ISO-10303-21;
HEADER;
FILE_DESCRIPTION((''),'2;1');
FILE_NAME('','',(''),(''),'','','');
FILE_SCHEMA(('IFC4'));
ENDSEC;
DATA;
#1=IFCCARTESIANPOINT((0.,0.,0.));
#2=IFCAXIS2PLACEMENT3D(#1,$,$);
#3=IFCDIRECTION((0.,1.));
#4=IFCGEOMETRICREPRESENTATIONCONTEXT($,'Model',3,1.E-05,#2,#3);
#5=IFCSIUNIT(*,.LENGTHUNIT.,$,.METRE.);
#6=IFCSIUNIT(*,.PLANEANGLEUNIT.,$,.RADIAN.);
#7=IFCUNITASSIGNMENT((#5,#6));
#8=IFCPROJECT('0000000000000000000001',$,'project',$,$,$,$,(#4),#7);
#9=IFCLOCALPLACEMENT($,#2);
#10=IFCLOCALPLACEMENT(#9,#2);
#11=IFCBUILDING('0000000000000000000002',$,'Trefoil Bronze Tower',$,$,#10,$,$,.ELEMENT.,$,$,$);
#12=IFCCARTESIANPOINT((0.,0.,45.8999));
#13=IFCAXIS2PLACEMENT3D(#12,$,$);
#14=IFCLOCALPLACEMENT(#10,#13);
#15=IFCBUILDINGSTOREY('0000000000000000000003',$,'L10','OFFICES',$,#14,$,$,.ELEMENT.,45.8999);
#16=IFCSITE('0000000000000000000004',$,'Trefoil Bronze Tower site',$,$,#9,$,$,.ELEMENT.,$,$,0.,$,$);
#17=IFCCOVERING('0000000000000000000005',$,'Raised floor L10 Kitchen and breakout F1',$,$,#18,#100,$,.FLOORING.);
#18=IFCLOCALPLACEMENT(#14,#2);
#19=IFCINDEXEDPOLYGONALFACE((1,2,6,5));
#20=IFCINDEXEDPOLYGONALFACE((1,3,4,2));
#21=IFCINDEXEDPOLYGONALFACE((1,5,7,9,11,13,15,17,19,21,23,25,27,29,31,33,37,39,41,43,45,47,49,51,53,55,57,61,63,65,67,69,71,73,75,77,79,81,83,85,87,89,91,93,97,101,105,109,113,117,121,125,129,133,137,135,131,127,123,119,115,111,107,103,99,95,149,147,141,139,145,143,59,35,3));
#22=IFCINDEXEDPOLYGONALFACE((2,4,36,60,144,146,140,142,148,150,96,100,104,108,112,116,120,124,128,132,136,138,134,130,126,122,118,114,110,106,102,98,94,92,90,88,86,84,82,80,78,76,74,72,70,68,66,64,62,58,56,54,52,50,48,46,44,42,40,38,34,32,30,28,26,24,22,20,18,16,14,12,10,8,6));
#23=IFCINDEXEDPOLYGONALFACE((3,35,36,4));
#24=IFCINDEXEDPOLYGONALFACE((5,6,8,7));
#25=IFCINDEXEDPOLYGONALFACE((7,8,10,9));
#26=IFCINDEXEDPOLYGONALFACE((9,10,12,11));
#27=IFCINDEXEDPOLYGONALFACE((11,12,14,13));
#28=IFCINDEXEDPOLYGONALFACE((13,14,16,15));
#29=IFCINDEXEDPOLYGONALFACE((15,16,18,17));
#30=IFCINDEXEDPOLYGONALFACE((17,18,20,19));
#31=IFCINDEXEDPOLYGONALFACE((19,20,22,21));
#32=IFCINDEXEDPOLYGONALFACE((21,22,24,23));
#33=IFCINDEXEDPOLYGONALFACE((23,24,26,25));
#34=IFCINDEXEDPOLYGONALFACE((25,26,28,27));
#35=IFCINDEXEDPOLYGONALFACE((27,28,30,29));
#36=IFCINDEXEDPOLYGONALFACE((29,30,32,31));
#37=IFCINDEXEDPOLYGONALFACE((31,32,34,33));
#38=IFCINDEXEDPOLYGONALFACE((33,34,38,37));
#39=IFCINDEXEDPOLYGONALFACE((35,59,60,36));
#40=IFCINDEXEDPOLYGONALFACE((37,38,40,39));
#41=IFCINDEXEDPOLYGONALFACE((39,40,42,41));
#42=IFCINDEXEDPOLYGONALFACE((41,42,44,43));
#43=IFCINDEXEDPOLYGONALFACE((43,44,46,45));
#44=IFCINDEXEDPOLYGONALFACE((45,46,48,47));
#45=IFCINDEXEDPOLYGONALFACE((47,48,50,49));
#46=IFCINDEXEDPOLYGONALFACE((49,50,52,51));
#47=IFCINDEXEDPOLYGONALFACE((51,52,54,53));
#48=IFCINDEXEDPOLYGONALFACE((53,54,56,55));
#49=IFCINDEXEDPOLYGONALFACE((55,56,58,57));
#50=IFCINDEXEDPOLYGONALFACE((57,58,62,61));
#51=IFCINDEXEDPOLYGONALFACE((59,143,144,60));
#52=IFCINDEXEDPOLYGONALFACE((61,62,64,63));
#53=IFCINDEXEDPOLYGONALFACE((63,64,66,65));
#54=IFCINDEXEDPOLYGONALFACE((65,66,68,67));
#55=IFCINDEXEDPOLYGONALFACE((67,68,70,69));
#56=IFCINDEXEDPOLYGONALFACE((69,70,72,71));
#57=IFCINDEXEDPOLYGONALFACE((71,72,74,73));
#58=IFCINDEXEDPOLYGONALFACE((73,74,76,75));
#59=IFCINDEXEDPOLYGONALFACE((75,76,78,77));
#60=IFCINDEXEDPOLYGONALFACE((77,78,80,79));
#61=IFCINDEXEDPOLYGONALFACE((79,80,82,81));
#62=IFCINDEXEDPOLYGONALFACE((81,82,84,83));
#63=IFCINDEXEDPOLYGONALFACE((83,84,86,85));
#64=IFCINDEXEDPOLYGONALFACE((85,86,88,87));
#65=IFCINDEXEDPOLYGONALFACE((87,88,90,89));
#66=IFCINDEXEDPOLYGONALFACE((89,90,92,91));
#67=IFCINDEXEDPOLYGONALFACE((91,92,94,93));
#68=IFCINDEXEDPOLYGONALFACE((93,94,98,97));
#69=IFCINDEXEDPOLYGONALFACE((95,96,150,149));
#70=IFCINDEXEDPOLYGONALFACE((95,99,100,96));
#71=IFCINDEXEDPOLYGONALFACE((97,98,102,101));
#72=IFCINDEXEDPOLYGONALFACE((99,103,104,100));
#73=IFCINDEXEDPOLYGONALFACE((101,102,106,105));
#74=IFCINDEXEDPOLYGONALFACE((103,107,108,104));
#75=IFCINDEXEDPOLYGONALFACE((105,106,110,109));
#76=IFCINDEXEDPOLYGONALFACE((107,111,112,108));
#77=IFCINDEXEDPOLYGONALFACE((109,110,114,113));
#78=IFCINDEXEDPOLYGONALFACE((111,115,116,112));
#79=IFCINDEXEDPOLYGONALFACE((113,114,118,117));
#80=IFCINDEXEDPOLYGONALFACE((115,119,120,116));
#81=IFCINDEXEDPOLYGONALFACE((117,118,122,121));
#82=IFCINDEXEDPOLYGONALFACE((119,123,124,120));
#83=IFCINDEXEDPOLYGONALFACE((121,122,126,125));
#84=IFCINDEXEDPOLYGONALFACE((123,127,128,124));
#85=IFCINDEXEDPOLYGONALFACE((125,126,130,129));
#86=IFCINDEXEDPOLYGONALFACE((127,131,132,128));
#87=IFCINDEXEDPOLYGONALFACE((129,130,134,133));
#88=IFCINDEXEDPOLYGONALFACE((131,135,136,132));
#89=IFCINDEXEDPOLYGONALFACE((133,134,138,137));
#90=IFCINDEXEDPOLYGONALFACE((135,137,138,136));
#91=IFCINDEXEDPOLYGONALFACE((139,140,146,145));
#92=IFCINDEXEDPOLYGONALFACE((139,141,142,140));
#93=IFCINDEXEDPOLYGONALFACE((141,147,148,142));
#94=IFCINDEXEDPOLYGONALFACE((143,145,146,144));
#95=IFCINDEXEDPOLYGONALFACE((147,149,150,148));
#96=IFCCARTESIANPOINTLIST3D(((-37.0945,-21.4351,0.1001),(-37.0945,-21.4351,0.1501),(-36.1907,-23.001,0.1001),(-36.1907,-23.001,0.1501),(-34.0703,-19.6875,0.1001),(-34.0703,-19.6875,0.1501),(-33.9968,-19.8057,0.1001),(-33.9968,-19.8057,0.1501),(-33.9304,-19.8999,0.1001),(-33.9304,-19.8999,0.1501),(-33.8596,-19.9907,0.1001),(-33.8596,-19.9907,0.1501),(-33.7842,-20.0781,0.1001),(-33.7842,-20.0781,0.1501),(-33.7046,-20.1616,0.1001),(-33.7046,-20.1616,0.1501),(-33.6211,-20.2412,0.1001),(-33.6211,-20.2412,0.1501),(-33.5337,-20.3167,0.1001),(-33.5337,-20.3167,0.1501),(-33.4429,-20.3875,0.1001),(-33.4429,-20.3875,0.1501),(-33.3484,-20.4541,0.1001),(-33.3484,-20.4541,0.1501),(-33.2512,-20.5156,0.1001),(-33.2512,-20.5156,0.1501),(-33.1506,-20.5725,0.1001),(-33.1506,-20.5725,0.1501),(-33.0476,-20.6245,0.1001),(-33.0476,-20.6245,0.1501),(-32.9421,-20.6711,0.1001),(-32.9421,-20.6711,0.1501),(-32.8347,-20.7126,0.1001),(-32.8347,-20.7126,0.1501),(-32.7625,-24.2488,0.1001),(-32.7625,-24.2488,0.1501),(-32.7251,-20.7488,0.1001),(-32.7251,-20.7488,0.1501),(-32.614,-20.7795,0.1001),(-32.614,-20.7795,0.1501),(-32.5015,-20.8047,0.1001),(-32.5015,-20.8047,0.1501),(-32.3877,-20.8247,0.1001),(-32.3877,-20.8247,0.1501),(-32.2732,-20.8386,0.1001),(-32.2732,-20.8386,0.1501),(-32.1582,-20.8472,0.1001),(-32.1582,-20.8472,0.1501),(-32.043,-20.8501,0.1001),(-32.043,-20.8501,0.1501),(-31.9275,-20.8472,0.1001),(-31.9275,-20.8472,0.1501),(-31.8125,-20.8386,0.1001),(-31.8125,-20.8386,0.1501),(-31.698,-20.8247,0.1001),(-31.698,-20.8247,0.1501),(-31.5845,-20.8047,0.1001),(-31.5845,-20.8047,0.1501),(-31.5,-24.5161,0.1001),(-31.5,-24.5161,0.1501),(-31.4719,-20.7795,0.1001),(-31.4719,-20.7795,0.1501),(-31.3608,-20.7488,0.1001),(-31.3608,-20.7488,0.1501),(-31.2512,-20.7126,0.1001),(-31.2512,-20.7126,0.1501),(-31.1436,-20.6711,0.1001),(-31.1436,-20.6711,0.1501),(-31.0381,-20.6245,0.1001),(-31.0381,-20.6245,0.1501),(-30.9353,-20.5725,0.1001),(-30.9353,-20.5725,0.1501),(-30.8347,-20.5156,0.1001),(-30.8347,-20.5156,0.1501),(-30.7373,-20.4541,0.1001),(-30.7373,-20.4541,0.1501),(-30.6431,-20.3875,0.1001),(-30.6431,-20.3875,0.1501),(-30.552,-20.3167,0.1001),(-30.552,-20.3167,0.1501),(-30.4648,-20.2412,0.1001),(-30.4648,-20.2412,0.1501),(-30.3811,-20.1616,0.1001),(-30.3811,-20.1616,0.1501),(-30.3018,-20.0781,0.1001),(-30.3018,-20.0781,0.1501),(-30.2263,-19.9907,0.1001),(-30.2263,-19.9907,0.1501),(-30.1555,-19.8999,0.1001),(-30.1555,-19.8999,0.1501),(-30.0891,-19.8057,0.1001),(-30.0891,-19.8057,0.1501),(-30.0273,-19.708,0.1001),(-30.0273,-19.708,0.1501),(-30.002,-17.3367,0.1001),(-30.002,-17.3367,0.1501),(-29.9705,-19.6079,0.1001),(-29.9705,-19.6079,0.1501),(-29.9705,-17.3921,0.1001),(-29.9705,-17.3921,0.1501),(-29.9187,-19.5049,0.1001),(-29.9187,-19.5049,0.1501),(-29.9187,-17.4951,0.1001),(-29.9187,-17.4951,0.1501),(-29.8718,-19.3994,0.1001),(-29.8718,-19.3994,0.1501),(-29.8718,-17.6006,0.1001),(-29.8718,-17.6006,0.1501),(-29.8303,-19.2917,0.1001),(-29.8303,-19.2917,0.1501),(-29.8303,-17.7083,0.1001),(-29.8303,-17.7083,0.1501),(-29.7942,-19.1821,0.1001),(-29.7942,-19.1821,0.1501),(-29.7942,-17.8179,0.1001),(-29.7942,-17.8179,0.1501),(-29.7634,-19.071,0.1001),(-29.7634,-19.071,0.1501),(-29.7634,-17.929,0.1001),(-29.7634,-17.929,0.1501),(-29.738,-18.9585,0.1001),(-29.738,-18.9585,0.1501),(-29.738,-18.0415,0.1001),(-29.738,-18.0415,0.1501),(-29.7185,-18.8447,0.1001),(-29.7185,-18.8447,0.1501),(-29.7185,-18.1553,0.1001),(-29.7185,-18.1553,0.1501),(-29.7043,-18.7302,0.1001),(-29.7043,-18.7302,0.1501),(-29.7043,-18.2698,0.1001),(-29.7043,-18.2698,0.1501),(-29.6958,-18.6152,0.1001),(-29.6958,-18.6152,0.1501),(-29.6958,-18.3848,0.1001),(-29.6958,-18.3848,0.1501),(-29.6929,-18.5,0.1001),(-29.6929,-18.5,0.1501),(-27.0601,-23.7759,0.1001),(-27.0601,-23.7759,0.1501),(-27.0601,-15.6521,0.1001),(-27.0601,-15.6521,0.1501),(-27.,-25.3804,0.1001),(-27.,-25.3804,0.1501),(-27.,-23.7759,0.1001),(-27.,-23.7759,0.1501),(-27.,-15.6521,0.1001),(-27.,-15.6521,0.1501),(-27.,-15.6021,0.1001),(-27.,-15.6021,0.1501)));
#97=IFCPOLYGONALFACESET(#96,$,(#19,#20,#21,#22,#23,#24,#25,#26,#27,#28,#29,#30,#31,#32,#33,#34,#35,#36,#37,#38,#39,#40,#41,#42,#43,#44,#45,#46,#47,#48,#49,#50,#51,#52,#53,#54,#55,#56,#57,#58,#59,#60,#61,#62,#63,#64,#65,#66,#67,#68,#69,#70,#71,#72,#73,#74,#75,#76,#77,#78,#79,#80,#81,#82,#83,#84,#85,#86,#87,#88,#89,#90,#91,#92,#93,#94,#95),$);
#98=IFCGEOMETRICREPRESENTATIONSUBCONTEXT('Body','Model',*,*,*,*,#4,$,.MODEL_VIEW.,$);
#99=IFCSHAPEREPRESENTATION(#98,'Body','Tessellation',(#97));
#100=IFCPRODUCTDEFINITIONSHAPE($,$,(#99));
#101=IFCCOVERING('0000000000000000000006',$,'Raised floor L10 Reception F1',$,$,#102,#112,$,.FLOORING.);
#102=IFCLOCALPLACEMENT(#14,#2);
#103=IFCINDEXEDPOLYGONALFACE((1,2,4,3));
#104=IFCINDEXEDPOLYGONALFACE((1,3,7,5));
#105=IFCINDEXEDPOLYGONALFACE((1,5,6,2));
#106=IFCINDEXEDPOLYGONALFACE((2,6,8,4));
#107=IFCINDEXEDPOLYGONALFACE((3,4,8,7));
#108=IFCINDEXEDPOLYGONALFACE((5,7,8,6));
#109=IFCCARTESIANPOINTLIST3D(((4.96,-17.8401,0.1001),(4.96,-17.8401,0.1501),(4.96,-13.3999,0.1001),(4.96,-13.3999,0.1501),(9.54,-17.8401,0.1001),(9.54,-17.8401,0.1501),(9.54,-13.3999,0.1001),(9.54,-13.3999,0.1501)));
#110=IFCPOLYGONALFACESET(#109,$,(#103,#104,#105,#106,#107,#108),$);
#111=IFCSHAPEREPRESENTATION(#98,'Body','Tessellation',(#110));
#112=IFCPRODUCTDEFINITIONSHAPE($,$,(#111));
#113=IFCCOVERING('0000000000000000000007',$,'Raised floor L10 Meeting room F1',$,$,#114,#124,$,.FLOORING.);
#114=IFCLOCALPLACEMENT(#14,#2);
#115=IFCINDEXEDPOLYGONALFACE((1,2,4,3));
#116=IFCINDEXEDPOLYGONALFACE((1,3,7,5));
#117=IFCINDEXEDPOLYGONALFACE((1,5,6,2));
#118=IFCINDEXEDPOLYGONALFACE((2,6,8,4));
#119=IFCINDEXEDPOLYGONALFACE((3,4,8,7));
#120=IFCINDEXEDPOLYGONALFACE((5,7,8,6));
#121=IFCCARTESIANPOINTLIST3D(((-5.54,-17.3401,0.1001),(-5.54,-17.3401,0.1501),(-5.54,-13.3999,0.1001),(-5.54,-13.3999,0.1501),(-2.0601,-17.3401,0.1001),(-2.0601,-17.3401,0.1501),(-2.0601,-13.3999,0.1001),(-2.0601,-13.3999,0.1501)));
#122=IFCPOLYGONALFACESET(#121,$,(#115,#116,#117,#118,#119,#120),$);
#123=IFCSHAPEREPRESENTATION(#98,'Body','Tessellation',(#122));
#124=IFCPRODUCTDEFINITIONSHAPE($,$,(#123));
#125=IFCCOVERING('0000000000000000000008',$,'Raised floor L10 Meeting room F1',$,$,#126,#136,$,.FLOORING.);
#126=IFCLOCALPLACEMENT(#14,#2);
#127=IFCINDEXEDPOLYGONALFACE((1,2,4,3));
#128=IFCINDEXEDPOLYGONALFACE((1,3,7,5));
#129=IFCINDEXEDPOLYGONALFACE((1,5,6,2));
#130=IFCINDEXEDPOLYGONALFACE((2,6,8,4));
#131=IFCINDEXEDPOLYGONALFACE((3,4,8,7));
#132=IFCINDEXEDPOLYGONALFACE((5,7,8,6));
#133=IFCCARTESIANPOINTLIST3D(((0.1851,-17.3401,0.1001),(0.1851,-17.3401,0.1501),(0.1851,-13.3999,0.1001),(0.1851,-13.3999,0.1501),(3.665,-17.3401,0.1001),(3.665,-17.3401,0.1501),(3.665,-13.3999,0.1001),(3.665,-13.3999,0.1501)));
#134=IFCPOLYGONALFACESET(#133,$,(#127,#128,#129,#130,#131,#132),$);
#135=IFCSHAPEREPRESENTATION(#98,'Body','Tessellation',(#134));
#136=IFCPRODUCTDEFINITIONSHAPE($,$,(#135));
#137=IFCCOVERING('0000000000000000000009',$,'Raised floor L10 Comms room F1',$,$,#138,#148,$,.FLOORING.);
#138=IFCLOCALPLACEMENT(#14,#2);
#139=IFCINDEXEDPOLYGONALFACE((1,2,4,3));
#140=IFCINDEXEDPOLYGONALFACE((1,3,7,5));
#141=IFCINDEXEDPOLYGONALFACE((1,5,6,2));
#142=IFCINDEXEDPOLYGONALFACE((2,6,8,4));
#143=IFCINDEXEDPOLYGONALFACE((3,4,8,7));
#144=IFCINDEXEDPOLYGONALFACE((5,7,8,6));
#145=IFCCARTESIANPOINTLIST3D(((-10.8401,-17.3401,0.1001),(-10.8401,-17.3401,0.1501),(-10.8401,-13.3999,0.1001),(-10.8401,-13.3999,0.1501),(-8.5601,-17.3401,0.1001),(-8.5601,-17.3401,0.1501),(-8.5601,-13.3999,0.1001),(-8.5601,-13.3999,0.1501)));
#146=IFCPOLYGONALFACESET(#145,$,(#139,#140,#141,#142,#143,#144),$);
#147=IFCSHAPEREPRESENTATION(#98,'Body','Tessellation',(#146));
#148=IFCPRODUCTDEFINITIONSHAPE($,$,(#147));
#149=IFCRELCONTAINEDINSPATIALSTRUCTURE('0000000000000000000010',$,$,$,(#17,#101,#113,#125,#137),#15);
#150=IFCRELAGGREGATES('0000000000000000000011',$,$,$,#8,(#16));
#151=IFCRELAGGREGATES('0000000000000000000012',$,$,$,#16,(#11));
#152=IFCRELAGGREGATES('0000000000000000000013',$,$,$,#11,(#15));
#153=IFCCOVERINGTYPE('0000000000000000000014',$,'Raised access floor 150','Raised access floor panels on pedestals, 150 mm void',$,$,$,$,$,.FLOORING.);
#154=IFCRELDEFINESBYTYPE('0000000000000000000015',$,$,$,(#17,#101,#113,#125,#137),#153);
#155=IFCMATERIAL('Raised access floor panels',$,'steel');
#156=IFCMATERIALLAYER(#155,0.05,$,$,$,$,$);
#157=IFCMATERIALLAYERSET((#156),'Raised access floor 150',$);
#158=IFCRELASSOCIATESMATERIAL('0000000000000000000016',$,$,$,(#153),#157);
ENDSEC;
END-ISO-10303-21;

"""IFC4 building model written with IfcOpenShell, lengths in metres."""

from ifc_helpers import new_model, si_unit, direction, frame, origin, place, context, subcontext, project, spatial, polyline, outline, extrude, material, layer, layer_set, type_object, element, save


model = new_model("IFC4")

# Units and contexts
model_context = context("Model", 3, precision=1e-05, world=origin(), true_north=direction((0.0, 1.0)))
body_context = subcontext(model_context, "Body", "Model", "MODEL_VIEW")
ifc_project = project(units=[si_unit("LENGTHUNIT", "METRE"), si_unit("PLANEANGLEUNIT", "RADIAN")], contexts=[model_context])

# Site, building, storey
site_placement = place(None, origin())
site = spatial("IfcSite", under=ifc_project, at=site_placement, Name="Trefoil Bronze Tower site", CompositionType="ELEMENT", RefElevation=0.0)
building_placement = place(site_placement, origin())
building = spatial("IfcBuilding", under=site, at=building_placement, Name="Trefoil Bronze Tower", CompositionType="ELEMENT")
storey_placement = place(building_placement, frame((0.0, 0.0, 45.8999)))
storey = spatial("IfcBuildingStorey", under=building, at=storey_placement, Name="L10", Description="OFFICES", CompositionType="ELEMENT", Elevation=45.8999)

# Coverings
ifc_material_1 = material(Name="Raised access floor panels", Category="steel")
ifc_layer_1 = layer(ifc_material_1, 0.05)
ifc_layer_set_1 = layer_set([ifc_layer_1], Name="Raised access floor 150")
covering_type_1 = type_object("IfcCoveringType", Name="Raised access floor 150", Description="Raised access floor panels on pedestals, 150 mm void", PredefinedType="FLOORING", material=ifc_layer_set_1)
covering_1_placement = place(storey_placement, frame((0.0, 0.0, 0.1001)))
element("IfcCovering", 1, at=covering_1_placement, inside=storey, type_object=covering_type_1, Name="Raised floor L10 Kitchen and breakout F1", PredefinedType="FLOORING", context=body_context, shape_type="SweptSolid", body=[
    extrude(outline(polyline([(-30.002, -17.3367), (-27.0, -15.6021), (-27.0, -15.6521), (-27.0601, -15.6521), (-27.0601, -23.7759), (-27.0, -23.7759), (-27.0, -25.3804), (-31.5, -24.5161), (-32.7625, -24.2488), (-36.1907, -23.001), (-37.0945, -21.4351), (-34.0703, -19.6875), (-33.9968, -19.8057), (-33.9304, -19.8999), (-33.8596, -19.9907), (-33.7842, -20.0781), (-33.7046, -20.1616), (-33.6211, -20.2412), (-33.5337, -20.3167), (-33.4429, -20.3875), (-33.3484, -20.4541), (-33.2512, -20.5156), (-33.1506, -20.5725), (-33.0476, -20.6245), (-32.9421, -20.6711), (-32.8347, -20.7126), (-32.7251, -20.7488), (-32.614, -20.7795), (-32.5015, -20.8047), (-32.3877, -20.8247), (-32.2732, -20.8386), (-32.1582, -20.8472), (-32.043, -20.8501), (-31.9275, -20.8472), (-31.8125, -20.8386), (-31.698, -20.8247), (-31.5845, -20.8047), (-31.4719, -20.7795), (-31.3608, -20.7488), (-31.2512, -20.7126), (-31.1436, -20.6711), (-31.0381, -20.6245), (-30.9353, -20.5725), (-30.8347, -20.5156), (-30.7373, -20.4541), (-30.6431, -20.3875), (-30.552, -20.3167), (-30.4648, -20.2412), (-30.3811, -20.1616), (-30.3018, -20.0781), (-30.2263, -19.9907), (-30.1555, -19.8999), (-30.0891, -19.8057), (-30.0273, -19.708), (-29.9705, -19.6079), (-29.9187, -19.5049), (-29.8718, -19.3994), (-29.8303, -19.2917), (-29.7942, -19.1821), (-29.7634, -19.071), (-29.738, -18.9585), (-29.7185, -18.8447), (-29.7043, -18.7302), (-29.6958, -18.6152), (-29.6929, -18.5), (-29.6958, -18.3848), (-29.7043, -18.2698), (-29.7185, -18.1553), (-29.738, -18.0415), (-29.7634, -17.929), (-29.7942, -17.8179), (-29.8303, -17.7083), (-29.8718, -17.6006), (-29.9187, -17.4951), (-29.9705, -17.3921), (-30.002, -17.3367)])), origin(), (0.0, 0.0, 1.0), 0.05),
])
covering_2_placement = place(storey_placement, frame((0.0, 0.0, 0.1001)))
element("IfcCovering", 2, at=covering_2_placement, inside=storey, type_object=covering_type_1, Name="Raised floor L10 Reception F1", PredefinedType="FLOORING", context=body_context, shape_type="SweptSolid", body=[
    extrude(outline(polyline([(9.54, -13.3999), (9.54, -17.8401), (4.96, -17.8401), (4.96, -13.3999), (9.54, -13.3999)])), origin(), (0.0, 0.0, 1.0), 0.05),
])
covering_3_placement = place(storey_placement, frame((0.0, 0.0, 0.1001)))
element("IfcCovering", 3, at=covering_3_placement, inside=storey, type_object=covering_type_1, Name="Raised floor L10 Meeting room F1", PredefinedType="FLOORING", context=body_context, shape_type="SweptSolid", body=[
    extrude(outline(polyline([(-2.0601, -13.3999), (-2.0601, -17.3401), (-5.54, -17.3401), (-5.54, -13.3999), (-2.0601, -13.3999)])), origin(), (0.0, 0.0, 1.0), 0.05),
])
covering_4_placement = place(storey_placement, frame((0.0, 0.0, 0.1001)))
element("IfcCovering", 4, at=covering_4_placement, inside=storey, type_object=covering_type_1, Name="Raised floor L10 Meeting room F1", PredefinedType="FLOORING", context=body_context, shape_type="SweptSolid", body=[
    extrude(outline(polyline([(3.665, -13.3999), (3.665, -17.3401), (0.1851, -17.3401), (0.1851, -13.3999), (3.665, -13.3999)])), origin(), (0.0, 0.0, 1.0), 0.05),
])
covering_5_placement = place(storey_placement, frame((0.0, 0.0, 0.1001)))
element("IfcCovering", 5, at=covering_5_placement, inside=storey, type_object=covering_type_1, Name="Raised floor L10 Comms room F1", PredefinedType="FLOORING", context=body_context, shape_type="SweptSolid", body=[
    extrude(outline(polyline([(-8.5601, -13.3999), (-8.5601, -17.3401), (-10.8401, -17.3401), (-10.8401, -13.3999), (-8.5601, -13.3999)])), origin(), (0.0, 0.0, 1.0), 0.05),
])

save(model, "model.ifc")
